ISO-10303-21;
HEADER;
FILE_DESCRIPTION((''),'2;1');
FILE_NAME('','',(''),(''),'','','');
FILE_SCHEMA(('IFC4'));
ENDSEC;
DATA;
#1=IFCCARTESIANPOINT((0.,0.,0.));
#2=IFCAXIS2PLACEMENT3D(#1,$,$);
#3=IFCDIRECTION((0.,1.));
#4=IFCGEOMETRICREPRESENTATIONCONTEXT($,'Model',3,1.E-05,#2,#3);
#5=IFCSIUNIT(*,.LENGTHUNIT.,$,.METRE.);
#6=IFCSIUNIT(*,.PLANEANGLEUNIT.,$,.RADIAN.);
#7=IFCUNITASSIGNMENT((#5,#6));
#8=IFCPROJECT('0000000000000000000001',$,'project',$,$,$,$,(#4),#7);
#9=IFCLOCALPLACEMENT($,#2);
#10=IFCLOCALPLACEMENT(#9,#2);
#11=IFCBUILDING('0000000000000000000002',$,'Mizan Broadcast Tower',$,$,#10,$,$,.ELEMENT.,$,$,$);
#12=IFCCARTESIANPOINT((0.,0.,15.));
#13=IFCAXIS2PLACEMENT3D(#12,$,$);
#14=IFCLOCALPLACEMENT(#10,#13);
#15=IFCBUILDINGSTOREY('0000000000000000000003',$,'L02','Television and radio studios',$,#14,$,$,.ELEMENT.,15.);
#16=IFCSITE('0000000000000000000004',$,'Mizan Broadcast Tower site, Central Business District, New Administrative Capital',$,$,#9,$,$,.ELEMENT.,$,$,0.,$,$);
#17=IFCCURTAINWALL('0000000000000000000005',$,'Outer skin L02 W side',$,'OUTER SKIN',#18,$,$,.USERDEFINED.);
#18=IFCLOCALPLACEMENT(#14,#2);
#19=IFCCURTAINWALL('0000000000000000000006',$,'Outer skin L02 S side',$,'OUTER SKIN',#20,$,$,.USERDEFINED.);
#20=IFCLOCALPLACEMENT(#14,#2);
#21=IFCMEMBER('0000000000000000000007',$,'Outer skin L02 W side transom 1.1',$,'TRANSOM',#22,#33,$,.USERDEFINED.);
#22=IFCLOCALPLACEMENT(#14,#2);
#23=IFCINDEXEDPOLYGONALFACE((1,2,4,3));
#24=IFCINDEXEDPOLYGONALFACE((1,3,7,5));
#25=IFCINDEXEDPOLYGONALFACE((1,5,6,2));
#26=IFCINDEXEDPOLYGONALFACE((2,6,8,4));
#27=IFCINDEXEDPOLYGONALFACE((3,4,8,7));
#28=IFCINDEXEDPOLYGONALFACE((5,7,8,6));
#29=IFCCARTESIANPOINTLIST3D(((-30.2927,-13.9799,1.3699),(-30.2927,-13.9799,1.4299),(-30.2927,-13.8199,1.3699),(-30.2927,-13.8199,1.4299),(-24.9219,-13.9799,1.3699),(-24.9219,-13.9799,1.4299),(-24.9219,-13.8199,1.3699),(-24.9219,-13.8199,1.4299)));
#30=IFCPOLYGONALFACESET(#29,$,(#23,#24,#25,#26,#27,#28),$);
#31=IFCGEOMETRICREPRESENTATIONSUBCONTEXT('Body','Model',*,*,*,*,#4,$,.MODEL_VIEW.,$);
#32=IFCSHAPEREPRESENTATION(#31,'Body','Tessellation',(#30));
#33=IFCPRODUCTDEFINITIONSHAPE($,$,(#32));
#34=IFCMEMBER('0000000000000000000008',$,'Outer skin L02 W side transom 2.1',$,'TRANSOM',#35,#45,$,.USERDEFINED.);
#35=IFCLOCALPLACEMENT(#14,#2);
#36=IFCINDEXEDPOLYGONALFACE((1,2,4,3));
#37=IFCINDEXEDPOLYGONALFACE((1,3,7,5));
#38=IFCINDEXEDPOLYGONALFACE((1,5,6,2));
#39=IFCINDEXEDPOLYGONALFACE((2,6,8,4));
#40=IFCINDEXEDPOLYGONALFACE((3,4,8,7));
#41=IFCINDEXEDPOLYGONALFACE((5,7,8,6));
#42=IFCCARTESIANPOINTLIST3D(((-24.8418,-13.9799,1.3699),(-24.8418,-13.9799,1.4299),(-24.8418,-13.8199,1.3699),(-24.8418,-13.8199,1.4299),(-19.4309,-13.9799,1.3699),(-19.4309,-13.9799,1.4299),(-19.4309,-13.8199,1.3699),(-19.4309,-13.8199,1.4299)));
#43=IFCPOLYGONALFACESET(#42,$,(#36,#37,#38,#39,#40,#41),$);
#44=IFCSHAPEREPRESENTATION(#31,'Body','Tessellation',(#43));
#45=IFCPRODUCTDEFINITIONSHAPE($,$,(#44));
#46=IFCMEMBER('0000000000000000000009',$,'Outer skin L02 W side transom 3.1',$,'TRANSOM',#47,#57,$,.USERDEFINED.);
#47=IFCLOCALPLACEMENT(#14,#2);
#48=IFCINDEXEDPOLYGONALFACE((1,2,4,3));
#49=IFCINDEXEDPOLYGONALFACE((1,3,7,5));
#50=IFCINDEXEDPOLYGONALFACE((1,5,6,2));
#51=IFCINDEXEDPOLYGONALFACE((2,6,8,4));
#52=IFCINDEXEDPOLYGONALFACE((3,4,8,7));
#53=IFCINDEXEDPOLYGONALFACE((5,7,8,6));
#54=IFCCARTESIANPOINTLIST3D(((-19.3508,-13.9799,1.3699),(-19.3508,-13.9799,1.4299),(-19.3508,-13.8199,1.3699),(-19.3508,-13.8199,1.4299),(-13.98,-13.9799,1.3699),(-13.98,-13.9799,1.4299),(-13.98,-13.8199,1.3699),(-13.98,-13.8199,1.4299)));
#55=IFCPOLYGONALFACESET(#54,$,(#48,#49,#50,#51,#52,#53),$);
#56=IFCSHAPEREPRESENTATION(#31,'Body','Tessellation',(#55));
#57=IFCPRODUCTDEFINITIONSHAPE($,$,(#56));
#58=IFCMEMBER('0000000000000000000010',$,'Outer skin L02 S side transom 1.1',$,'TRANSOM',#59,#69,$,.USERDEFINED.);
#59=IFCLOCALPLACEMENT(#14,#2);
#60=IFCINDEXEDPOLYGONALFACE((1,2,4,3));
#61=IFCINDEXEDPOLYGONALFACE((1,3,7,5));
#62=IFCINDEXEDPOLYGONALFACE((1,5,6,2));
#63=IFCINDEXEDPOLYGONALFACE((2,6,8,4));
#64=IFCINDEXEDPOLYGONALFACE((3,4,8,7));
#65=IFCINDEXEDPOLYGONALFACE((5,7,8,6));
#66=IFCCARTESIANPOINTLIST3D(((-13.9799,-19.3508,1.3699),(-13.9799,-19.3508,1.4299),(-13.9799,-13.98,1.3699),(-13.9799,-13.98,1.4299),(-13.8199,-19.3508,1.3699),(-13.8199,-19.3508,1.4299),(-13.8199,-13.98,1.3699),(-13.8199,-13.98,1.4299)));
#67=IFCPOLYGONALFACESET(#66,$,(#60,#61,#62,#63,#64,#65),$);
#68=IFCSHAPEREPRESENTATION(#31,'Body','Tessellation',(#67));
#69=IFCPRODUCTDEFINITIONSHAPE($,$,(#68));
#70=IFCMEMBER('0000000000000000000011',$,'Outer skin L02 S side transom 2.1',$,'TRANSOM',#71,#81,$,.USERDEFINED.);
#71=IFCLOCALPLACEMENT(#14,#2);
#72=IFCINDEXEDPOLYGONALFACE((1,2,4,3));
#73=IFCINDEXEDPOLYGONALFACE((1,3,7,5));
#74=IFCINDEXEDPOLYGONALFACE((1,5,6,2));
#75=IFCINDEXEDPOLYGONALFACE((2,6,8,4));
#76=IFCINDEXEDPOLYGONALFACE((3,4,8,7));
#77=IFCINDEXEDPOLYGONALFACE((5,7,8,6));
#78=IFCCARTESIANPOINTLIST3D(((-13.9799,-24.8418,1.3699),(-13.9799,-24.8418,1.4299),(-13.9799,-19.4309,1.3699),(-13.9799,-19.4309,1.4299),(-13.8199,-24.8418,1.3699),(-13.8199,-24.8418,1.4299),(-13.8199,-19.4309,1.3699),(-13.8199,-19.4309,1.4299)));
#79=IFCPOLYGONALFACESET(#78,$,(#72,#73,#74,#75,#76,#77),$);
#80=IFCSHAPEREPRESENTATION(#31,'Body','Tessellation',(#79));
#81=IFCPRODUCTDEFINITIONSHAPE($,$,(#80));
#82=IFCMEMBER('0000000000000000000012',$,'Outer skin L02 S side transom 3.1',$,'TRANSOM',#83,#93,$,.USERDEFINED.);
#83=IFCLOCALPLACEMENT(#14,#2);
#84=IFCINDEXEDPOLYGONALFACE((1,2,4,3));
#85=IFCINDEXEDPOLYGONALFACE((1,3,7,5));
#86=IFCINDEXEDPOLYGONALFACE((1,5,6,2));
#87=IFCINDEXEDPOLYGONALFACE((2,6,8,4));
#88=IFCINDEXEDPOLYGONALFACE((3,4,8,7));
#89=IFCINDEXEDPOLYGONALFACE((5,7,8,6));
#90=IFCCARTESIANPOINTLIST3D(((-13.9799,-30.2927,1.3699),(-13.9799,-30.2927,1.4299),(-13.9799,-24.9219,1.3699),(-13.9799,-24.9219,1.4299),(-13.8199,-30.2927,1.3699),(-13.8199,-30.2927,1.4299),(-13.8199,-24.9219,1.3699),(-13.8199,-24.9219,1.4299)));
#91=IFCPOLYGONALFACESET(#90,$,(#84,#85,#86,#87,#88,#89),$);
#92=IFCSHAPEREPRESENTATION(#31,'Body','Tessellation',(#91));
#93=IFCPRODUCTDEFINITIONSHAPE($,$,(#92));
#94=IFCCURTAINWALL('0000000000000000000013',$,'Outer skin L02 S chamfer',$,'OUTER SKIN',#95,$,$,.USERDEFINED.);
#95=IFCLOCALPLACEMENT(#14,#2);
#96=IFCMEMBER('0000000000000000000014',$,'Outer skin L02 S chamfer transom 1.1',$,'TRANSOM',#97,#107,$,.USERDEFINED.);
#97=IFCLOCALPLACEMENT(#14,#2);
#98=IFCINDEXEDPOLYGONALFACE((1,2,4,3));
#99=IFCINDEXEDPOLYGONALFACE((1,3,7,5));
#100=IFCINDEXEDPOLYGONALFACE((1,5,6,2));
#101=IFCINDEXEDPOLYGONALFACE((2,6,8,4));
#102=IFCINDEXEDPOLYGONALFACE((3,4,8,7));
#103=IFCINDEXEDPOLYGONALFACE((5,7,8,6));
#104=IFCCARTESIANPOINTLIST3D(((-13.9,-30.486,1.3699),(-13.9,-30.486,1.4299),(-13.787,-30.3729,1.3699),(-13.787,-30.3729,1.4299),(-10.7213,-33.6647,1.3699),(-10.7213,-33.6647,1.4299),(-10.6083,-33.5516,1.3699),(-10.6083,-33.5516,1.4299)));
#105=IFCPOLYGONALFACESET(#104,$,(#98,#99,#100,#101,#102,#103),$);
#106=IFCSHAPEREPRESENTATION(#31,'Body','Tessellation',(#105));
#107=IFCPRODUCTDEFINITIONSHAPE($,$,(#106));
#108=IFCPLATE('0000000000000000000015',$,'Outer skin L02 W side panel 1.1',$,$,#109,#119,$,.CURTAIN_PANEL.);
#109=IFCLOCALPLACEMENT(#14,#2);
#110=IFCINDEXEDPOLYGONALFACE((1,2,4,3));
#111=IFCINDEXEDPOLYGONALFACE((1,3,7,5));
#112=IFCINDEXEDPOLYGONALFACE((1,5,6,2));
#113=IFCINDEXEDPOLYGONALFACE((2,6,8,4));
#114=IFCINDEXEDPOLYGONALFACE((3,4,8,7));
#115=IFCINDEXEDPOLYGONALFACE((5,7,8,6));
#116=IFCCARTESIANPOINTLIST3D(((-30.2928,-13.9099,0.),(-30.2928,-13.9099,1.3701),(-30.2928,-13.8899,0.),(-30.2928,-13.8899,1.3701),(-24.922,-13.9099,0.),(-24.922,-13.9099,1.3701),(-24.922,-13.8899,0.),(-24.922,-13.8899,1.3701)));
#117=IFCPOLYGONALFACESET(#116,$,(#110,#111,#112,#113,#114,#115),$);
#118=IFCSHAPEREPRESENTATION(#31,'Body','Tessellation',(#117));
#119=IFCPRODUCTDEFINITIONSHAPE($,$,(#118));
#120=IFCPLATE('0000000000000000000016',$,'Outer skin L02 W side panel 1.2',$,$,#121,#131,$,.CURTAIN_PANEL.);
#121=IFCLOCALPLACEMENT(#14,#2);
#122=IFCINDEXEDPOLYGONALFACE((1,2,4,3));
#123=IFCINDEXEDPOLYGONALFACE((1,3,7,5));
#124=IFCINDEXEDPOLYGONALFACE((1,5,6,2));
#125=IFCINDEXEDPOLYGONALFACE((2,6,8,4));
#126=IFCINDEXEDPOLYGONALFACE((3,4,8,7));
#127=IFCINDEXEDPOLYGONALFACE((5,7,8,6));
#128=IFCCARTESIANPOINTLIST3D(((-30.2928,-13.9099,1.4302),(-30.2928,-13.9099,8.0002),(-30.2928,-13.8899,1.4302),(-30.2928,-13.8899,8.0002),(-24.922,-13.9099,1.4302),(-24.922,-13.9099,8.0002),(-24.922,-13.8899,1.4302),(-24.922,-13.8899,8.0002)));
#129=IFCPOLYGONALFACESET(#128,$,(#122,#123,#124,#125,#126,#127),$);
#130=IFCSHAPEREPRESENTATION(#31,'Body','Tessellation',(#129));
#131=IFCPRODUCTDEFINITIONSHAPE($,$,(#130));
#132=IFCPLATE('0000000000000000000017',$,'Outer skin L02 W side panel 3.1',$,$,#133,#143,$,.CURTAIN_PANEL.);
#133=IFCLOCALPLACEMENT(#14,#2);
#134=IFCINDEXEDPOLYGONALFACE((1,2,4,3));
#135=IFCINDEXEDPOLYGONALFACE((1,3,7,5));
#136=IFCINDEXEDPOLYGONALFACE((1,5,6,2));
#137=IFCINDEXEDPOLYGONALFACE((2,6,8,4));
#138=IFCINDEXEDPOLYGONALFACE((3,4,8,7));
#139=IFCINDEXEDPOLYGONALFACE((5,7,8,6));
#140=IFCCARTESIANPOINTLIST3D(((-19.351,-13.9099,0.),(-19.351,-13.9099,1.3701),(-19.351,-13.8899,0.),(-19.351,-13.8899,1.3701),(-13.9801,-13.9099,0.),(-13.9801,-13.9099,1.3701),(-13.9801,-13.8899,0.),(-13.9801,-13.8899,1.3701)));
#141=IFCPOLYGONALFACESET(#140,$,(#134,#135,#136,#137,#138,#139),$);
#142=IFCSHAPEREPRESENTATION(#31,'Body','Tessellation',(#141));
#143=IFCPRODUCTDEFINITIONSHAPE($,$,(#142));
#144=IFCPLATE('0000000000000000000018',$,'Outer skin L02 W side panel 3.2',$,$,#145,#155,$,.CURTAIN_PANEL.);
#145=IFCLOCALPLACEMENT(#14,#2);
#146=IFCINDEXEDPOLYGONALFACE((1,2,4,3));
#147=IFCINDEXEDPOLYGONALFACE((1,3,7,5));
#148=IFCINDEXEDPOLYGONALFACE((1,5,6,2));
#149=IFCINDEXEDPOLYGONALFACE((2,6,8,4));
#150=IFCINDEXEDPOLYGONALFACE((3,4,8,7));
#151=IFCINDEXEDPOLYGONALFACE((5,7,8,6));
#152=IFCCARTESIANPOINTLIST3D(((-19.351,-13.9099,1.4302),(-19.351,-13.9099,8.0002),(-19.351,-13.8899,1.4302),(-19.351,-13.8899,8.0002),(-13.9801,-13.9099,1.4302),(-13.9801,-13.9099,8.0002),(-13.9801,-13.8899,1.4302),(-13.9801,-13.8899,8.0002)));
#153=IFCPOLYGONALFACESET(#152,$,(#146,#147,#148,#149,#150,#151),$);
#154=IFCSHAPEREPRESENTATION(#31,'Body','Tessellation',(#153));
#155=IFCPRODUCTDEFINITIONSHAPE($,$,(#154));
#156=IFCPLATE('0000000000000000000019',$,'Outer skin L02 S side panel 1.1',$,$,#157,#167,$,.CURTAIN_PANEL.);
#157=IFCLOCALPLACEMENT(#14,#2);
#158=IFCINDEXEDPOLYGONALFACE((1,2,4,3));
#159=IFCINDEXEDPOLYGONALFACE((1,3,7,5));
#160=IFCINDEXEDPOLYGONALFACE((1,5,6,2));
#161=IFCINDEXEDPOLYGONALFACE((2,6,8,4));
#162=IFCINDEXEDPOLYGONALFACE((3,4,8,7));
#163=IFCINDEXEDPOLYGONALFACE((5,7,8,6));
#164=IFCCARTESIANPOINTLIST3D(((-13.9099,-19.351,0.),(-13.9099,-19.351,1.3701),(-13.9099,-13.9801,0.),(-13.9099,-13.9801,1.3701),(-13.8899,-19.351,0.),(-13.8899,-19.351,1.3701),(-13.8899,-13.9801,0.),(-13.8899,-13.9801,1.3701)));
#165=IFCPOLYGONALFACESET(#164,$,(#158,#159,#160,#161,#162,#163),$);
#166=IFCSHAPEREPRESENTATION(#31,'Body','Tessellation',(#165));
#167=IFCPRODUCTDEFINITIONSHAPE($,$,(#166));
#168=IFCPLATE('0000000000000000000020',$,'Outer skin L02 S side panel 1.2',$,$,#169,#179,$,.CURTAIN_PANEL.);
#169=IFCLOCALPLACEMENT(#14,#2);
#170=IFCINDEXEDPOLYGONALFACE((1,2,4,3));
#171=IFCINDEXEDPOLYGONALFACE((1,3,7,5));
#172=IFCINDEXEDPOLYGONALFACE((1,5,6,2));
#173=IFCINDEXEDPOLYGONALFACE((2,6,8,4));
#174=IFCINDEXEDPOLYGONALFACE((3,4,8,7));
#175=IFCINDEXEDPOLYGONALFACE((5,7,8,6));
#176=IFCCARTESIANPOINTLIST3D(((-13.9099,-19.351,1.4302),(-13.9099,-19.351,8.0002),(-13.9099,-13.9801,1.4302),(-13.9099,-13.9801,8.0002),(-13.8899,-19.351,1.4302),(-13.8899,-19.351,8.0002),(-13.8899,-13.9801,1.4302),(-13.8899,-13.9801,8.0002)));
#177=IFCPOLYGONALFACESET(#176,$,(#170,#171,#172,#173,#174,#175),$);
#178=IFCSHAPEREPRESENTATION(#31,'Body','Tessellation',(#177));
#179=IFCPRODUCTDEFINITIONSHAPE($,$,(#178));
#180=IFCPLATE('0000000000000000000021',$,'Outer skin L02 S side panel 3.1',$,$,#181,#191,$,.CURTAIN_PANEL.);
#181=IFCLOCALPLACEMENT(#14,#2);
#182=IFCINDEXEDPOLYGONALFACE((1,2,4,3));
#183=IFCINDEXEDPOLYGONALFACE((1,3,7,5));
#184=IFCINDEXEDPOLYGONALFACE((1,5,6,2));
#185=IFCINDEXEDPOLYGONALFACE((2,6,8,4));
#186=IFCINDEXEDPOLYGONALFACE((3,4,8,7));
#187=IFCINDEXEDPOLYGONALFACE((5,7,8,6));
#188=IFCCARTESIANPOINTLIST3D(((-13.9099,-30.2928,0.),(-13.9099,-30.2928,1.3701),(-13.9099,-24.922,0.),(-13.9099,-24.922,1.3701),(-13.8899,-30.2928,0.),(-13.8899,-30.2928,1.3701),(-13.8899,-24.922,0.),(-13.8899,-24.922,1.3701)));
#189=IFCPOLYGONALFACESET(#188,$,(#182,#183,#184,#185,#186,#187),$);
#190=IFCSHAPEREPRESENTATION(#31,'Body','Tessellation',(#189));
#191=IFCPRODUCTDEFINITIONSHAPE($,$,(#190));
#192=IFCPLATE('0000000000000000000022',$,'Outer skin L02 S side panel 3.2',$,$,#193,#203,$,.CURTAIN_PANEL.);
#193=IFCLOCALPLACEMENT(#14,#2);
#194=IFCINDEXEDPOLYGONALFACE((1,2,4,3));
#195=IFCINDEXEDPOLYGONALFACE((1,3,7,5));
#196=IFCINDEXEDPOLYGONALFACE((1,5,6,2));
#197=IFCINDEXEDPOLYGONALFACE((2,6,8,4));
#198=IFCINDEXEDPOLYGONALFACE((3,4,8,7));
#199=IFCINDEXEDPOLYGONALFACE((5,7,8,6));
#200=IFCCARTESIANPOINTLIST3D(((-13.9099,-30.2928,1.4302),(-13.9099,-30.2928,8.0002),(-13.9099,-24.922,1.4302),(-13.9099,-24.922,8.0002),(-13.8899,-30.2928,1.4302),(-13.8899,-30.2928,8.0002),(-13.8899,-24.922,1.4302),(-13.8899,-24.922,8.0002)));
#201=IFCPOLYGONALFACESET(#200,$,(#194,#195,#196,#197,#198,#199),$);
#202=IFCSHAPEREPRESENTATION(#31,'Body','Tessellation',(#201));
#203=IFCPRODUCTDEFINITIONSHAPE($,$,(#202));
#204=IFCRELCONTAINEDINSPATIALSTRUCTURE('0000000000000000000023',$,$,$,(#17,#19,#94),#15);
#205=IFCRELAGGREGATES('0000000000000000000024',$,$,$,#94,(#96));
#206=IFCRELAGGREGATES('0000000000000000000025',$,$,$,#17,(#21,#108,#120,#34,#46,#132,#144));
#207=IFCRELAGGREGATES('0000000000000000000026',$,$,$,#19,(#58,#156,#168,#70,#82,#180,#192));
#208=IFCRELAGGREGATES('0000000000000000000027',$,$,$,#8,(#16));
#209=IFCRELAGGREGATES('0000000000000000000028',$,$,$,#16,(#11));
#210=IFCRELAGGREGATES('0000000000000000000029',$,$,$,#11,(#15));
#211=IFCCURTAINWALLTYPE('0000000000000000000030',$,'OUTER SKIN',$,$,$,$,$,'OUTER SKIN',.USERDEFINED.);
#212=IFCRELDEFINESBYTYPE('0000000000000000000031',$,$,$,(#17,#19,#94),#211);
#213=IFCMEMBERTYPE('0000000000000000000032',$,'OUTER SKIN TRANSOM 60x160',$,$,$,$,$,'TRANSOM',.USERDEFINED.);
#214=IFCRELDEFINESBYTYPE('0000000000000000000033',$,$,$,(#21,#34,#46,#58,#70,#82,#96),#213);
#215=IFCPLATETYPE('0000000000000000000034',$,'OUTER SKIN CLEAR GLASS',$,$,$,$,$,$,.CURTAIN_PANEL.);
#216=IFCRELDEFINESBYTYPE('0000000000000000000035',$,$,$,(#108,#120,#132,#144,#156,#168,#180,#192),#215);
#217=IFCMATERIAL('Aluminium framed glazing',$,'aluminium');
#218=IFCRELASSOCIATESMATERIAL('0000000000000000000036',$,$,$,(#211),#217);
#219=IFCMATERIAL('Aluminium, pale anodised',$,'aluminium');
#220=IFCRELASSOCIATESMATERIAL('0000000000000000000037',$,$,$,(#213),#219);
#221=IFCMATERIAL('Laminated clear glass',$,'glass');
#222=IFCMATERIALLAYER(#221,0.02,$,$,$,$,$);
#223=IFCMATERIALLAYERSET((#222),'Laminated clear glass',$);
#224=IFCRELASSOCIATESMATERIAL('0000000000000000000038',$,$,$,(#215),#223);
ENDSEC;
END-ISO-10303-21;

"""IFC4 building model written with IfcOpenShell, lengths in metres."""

from ifc_helpers import new_model, si_unit, direction, frame, origin, origin_2d, place, context, subcontext, project, spatial, rectangle, extrude, material, layer, layer_set, material_profile, profile_set, type_object, element, aggregate, save


model = new_model("IFC4")

# Units and contexts
model_context = context("Model", 3, precision=1e-05, world=origin(), true_north=direction((0.0, 1.0)))
body_context = subcontext(model_context, "Body", "Model", "MODEL_VIEW")
ifc_project = project(units=[si_unit("LENGTHUNIT", "METRE"), si_unit("PLANEANGLEUNIT", "RADIAN")], contexts=[model_context])

# Site, building, storey
site_placement = place(None, origin())
site = spatial("IfcSite", under=ifc_project, at=site_placement, Name="Mizan Broadcast Tower site, Central Business District, New Administrative Capital", CompositionType="ELEMENT", RefElevation=0.0)
building_placement = place(site_placement, origin())
building = spatial("IfcBuilding", under=site, at=building_placement, Name="Mizan Broadcast Tower", CompositionType="ELEMENT")
storey_placement = place(building_placement, frame((0.0, 0.0, 15.0)))
storey = spatial("IfcBuildingStorey", under=building, at=storey_placement, Name="L02", Description="Television and radio studios", CompositionType="ELEMENT", Elevation=15.0)

# Curtain walls
ifc_material_1 = material(Name="Aluminium framed glazing", Category="aluminium")
curtain_wall_type = type_object("IfcCurtainWallType", Name="OUTER SKIN", ElementType="OUTER SKIN", PredefinedType="USERDEFINED", material=ifc_material_1)
curtain_wall_1_placement = place(storey_placement, origin())
curtain_wall_1 = element("IfcCurtainWall", 1, at=curtain_wall_1_placement, inside=storey, type_object=curtain_wall_type, Name="Outer skin L02 W side", ObjectType="OUTER SKIN", PredefinedType="USERDEFINED")
curtain_wall_2_placement = place(storey_placement, origin())
curtain_wall_2 = element("IfcCurtainWall", 2, at=curtain_wall_2_placement, inside=storey, type_object=curtain_wall_type, Name="Outer skin L02 S side", ObjectType="OUTER SKIN", PredefinedType="USERDEFINED")

# Members
ifc_material_2 = material(Name="Aluminium, pale anodised", Category="aluminium")
ifc_material_profile_1 = material_profile(ifc_material_2, rectangle(XDim=0.1599, YDim=0.0601, at=origin_2d()), Name="TRANSOM 160x60")
ifc_profile_set_1 = profile_set([ifc_material_profile_1], Name="Aluminium, pale anodised")
member_type_1 = type_object("IfcMemberType", Name="OUTER SKIN TRANSOM 60x160", ElementType="TRANSOM", PredefinedType="USERDEFINED", material=ifc_profile_set_1)
member_1_placement = place(storey_placement, frame((-30.2927, -13.8999, 1.3999), z_axis=(1.0, 0.0, 0.0), x_axis=(0.0, 1.0, 0.0)))
member_1 = element("IfcMember", 3, at=member_1_placement, type_object=member_type_1, Name="Outer skin L02 W side transom 1.1", ObjectType="TRANSOM", PredefinedType="USERDEFINED", context=body_context, shape_type="SweptSolid", body=[
    extrude(rectangle(XDim=0.1599, YDim=0.0601, at=origin_2d()), origin(), (0.0, 0.0, 1.0), 5.3708),
])
member_2_placement = place(storey_placement, frame((-24.8418, -13.8999, 1.3999), z_axis=(1.0, 0.0, 0.0), x_axis=(0.0, 1.0, 0.0)))
member_2 = element("IfcMember", 4, at=member_2_placement, type_object=member_type_1, Name="Outer skin L02 W side transom 2.1", ObjectType="TRANSOM", PredefinedType="USERDEFINED", context=body_context, shape_type="SweptSolid", body=[
    extrude(rectangle(XDim=0.1599, YDim=0.0601, at=origin_2d()), origin(), (0.0, 0.0, 1.0), 5.4109),
])
member_3_placement = place(storey_placement, frame((-19.3508, -13.8999, 1.3999), z_axis=(1.0, 0.0, 0.0), x_axis=(0.0, 1.0, 0.0)))
member_3 = element("IfcMember", 5, at=member_3_placement, type_object=member_type_1, Name="Outer skin L02 W side transom 3.1", ObjectType="TRANSOM", PredefinedType="USERDEFINED", context=body_context, shape_type="SweptSolid", body=[
    extrude(rectangle(XDim=0.1599, YDim=0.0601, at=origin_2d()), origin(), (0.0, 0.0, 1.0), 5.3708),
])
member_4_placement = place(storey_placement, frame((-13.8999, -13.98, 1.3999), z_axis=(0.0, -1.0, 0.0), x_axis=(1.0, 0.0, 0.0)))
member_4 = element("IfcMember", 6, at=member_4_placement, type_object=member_type_1, Name="Outer skin L02 S side transom 1.1", ObjectType="TRANSOM", PredefinedType="USERDEFINED", context=body_context, shape_type="SweptSolid", body=[
    extrude(rectangle(XDim=0.1599, YDim=0.0601, at=origin_2d()), origin(), (0.0, 0.0, 1.0), 5.3708),
])
member_5_placement = place(storey_placement, frame((-13.8999, -19.4309, 1.3999), z_axis=(0.0, -1.0, 0.0), x_axis=(1.0, 0.0, 0.0)))
member_5 = element("IfcMember", 7, at=member_5_placement, type_object=member_type_1, Name="Outer skin L02 S side transom 2.1", ObjectType="TRANSOM", PredefinedType="USERDEFINED", context=body_context, shape_type="SweptSolid", body=[
    extrude(rectangle(XDim=0.1599, YDim=0.0601, at=origin_2d()), origin(), (0.0, 0.0, 1.0), 5.4109),
])
member_6_placement = place(storey_placement, frame((-13.8999, -24.9219, 1.3999), z_axis=(0.0, -1.0, 0.0), x_axis=(1.0, 0.0, 0.0)))
member_6 = element("IfcMember", 8, at=member_6_placement, type_object=member_type_1, Name="Outer skin L02 S side transom 3.1", ObjectType="TRANSOM", PredefinedType="USERDEFINED", context=body_context, shape_type="SweptSolid", body=[
    extrude(rectangle(XDim=0.1599, YDim=0.0601, at=origin_2d()), origin(), (0.0, 0.0, 1.0), 5.3708),
])

# Curtain wall, member
curtain_wall_3_placement = place(storey_placement, origin())
curtain_wall_3 = element("IfcCurtainWall", 9, at=curtain_wall_3_placement, inside=storey, type_object=curtain_wall_type, Name="Outer skin L02 S chamfer", ObjectType="OUTER SKIN", PredefinedType="USERDEFINED")
member_7_placement = place(storey_placement, frame((-13.8435, -30.4294, 1.3999), z_axis=(0.707107, -0.707107, 0.0), x_axis=(0.707107, 0.707107, 0.0)))
member_7 = element("IfcMember", 10, at=member_7_placement, type_object=member_type_1, Name="Outer skin L02 S chamfer transom 1.1", ObjectType="TRANSOM", PredefinedType="USERDEFINED", context=body_context, shape_type="SweptSolid", body=[
    extrude(rectangle(XDim=0.1599, YDim=0.0601, at=origin_2d()), origin(), (0.0, 0.0, 1.0), 4.4954),
])
aggregate(curtain_wall_3, [member_7])

# Plates
ifc_material_3 = material(Name="Laminated clear glass", Category="glass")
ifc_layer_1 = layer(ifc_material_3, 0.02)
ifc_layer_set_1 = layer_set([ifc_layer_1], Name="Laminated clear glass")
plate_type_1 = type_object("IfcPlateType", Name="OUTER SKIN CLEAR GLASS", PredefinedType="CURTAIN_PANEL", material=ifc_layer_set_1)
plate_1_placement = place(storey_placement, frame((-27.6074, -13.8999, 0.0), z_axis=(0.0, 0.0, 1.0), x_axis=(1.0, 0.0, 0.0)))
plate_1 = element("IfcPlate", 11, at=plate_1_placement, type_object=plate_type_1, Name="Outer skin L02 W side panel 1.1", PredefinedType="CURTAIN_PANEL", context=body_context, shape_type="SweptSolid", body=[
    extrude(rectangle(XDim=5.3708, YDim=0.02, at=origin_2d()), origin(), (0.0, 0.0, 1.0), 1.3701),
])
plate_2_placement = place(storey_placement, frame((-27.6074, -13.8999, 1.4302), z_axis=(0.0, 0.0, 1.0), x_axis=(1.0, 0.0, 0.0)))
plate_2 = element("IfcPlate", 12, at=plate_2_placement, type_object=plate_type_1, Name="Outer skin L02 W side panel 1.2", PredefinedType="CURTAIN_PANEL", context=body_context, shape_type="SweptSolid", body=[
    extrude(rectangle(XDim=5.3708, YDim=0.02, at=origin_2d()), origin(), (0.0, 0.0, 1.0), 6.5701),
])
plate_3_placement = place(storey_placement, frame((-16.6655, -13.8999, 0.0), z_axis=(0.0, 0.0, 1.0), x_axis=(1.0, 0.0, 0.0)))
plate_3 = element("IfcPlate", 13, at=plate_3_placement, type_object=plate_type_1, Name="Outer skin L02 W side panel 3.1", PredefinedType="CURTAIN_PANEL", context=body_context, shape_type="SweptSolid", body=[
    extrude(rectangle(XDim=5.3708, YDim=0.02, at=origin_2d()), origin(), (0.0, 0.0, 1.0), 1.3701),
])
plate_4_placement = place(storey_placement, frame((-16.6655, -13.8999, 1.4302), z_axis=(0.0, 0.0, 1.0), x_axis=(1.0, 0.0, 0.0)))
plate_4 = element("IfcPlate", 14, at=plate_4_placement, type_object=plate_type_1, Name="Outer skin L02 W side panel 3.2", PredefinedType="CURTAIN_PANEL", context=body_context, shape_type="SweptSolid", body=[
    extrude(rectangle(XDim=5.3708, YDim=0.02, at=origin_2d()), origin(), (0.0, 0.0, 1.0), 6.5701),
])
plate_5_placement = place(storey_placement, frame((-13.8999, -16.6655, 0.0), z_axis=(0.0, 0.0, 1.0), x_axis=(0.0, -1.0, 0.0)))
plate_5 = element("IfcPlate", 15, at=plate_5_placement, type_object=plate_type_1, Name="Outer skin L02 S side panel 1.1", PredefinedType="CURTAIN_PANEL", context=body_context, shape_type="SweptSolid", body=[
    extrude(rectangle(XDim=5.3708, YDim=0.02, at=origin_2d()), origin(), (0.0, 0.0, 1.0), 1.3701),
])
plate_6_placement = place(storey_placement, frame((-13.8999, -16.6655, 1.4302), z_axis=(0.0, 0.0, 1.0), x_axis=(0.0, -1.0, 0.0)))
plate_6 = element("IfcPlate", 16, at=plate_6_placement, type_object=plate_type_1, Name="Outer skin L02 S side panel 1.2", PredefinedType="CURTAIN_PANEL", context=body_context, shape_type="SweptSolid", body=[
    extrude(rectangle(XDim=5.3708, YDim=0.02, at=origin_2d()), origin(), (0.0, 0.0, 1.0), 6.5701),
])
plate_7_placement = place(storey_placement, frame((-13.8999, -27.6074, 0.0), z_axis=(0.0, 0.0, 1.0), x_axis=(0.0, -1.0, 0.0)))
plate_7 = element("IfcPlate", 17, at=plate_7_placement, type_object=plate_type_1, Name="Outer skin L02 S side panel 3.1", PredefinedType="CURTAIN_PANEL", context=body_context, shape_type="SweptSolid", body=[
    extrude(rectangle(XDim=5.3708, YDim=0.02, at=origin_2d()), origin(), (0.0, 0.0, 1.0), 1.3701),
])
plate_8_placement = place(storey_placement, frame((-13.8999, -27.6074, 1.4302), z_axis=(0.0, 0.0, 1.0), x_axis=(0.0, -1.0, 0.0)))
plate_8 = element("IfcPlate", 18, at=plate_8_placement, type_object=plate_type_1, Name="Outer skin L02 S side panel 3.2", PredefinedType="CURTAIN_PANEL", context=body_context, shape_type="SweptSolid", body=[
    extrude(rectangle(XDim=5.3708, YDim=0.02, at=origin_2d()), origin(), (0.0, 0.0, 1.0), 6.5701),
])
aggregate(curtain_wall_1, [member_1, plate_1, plate_2, member_2, member_3, plate_3, plate_4])
aggregate(curtain_wall_2, [member_4, plate_5, plate_6, member_5, member_6, plate_7, plate_8])

save(model, "model.ifc")
